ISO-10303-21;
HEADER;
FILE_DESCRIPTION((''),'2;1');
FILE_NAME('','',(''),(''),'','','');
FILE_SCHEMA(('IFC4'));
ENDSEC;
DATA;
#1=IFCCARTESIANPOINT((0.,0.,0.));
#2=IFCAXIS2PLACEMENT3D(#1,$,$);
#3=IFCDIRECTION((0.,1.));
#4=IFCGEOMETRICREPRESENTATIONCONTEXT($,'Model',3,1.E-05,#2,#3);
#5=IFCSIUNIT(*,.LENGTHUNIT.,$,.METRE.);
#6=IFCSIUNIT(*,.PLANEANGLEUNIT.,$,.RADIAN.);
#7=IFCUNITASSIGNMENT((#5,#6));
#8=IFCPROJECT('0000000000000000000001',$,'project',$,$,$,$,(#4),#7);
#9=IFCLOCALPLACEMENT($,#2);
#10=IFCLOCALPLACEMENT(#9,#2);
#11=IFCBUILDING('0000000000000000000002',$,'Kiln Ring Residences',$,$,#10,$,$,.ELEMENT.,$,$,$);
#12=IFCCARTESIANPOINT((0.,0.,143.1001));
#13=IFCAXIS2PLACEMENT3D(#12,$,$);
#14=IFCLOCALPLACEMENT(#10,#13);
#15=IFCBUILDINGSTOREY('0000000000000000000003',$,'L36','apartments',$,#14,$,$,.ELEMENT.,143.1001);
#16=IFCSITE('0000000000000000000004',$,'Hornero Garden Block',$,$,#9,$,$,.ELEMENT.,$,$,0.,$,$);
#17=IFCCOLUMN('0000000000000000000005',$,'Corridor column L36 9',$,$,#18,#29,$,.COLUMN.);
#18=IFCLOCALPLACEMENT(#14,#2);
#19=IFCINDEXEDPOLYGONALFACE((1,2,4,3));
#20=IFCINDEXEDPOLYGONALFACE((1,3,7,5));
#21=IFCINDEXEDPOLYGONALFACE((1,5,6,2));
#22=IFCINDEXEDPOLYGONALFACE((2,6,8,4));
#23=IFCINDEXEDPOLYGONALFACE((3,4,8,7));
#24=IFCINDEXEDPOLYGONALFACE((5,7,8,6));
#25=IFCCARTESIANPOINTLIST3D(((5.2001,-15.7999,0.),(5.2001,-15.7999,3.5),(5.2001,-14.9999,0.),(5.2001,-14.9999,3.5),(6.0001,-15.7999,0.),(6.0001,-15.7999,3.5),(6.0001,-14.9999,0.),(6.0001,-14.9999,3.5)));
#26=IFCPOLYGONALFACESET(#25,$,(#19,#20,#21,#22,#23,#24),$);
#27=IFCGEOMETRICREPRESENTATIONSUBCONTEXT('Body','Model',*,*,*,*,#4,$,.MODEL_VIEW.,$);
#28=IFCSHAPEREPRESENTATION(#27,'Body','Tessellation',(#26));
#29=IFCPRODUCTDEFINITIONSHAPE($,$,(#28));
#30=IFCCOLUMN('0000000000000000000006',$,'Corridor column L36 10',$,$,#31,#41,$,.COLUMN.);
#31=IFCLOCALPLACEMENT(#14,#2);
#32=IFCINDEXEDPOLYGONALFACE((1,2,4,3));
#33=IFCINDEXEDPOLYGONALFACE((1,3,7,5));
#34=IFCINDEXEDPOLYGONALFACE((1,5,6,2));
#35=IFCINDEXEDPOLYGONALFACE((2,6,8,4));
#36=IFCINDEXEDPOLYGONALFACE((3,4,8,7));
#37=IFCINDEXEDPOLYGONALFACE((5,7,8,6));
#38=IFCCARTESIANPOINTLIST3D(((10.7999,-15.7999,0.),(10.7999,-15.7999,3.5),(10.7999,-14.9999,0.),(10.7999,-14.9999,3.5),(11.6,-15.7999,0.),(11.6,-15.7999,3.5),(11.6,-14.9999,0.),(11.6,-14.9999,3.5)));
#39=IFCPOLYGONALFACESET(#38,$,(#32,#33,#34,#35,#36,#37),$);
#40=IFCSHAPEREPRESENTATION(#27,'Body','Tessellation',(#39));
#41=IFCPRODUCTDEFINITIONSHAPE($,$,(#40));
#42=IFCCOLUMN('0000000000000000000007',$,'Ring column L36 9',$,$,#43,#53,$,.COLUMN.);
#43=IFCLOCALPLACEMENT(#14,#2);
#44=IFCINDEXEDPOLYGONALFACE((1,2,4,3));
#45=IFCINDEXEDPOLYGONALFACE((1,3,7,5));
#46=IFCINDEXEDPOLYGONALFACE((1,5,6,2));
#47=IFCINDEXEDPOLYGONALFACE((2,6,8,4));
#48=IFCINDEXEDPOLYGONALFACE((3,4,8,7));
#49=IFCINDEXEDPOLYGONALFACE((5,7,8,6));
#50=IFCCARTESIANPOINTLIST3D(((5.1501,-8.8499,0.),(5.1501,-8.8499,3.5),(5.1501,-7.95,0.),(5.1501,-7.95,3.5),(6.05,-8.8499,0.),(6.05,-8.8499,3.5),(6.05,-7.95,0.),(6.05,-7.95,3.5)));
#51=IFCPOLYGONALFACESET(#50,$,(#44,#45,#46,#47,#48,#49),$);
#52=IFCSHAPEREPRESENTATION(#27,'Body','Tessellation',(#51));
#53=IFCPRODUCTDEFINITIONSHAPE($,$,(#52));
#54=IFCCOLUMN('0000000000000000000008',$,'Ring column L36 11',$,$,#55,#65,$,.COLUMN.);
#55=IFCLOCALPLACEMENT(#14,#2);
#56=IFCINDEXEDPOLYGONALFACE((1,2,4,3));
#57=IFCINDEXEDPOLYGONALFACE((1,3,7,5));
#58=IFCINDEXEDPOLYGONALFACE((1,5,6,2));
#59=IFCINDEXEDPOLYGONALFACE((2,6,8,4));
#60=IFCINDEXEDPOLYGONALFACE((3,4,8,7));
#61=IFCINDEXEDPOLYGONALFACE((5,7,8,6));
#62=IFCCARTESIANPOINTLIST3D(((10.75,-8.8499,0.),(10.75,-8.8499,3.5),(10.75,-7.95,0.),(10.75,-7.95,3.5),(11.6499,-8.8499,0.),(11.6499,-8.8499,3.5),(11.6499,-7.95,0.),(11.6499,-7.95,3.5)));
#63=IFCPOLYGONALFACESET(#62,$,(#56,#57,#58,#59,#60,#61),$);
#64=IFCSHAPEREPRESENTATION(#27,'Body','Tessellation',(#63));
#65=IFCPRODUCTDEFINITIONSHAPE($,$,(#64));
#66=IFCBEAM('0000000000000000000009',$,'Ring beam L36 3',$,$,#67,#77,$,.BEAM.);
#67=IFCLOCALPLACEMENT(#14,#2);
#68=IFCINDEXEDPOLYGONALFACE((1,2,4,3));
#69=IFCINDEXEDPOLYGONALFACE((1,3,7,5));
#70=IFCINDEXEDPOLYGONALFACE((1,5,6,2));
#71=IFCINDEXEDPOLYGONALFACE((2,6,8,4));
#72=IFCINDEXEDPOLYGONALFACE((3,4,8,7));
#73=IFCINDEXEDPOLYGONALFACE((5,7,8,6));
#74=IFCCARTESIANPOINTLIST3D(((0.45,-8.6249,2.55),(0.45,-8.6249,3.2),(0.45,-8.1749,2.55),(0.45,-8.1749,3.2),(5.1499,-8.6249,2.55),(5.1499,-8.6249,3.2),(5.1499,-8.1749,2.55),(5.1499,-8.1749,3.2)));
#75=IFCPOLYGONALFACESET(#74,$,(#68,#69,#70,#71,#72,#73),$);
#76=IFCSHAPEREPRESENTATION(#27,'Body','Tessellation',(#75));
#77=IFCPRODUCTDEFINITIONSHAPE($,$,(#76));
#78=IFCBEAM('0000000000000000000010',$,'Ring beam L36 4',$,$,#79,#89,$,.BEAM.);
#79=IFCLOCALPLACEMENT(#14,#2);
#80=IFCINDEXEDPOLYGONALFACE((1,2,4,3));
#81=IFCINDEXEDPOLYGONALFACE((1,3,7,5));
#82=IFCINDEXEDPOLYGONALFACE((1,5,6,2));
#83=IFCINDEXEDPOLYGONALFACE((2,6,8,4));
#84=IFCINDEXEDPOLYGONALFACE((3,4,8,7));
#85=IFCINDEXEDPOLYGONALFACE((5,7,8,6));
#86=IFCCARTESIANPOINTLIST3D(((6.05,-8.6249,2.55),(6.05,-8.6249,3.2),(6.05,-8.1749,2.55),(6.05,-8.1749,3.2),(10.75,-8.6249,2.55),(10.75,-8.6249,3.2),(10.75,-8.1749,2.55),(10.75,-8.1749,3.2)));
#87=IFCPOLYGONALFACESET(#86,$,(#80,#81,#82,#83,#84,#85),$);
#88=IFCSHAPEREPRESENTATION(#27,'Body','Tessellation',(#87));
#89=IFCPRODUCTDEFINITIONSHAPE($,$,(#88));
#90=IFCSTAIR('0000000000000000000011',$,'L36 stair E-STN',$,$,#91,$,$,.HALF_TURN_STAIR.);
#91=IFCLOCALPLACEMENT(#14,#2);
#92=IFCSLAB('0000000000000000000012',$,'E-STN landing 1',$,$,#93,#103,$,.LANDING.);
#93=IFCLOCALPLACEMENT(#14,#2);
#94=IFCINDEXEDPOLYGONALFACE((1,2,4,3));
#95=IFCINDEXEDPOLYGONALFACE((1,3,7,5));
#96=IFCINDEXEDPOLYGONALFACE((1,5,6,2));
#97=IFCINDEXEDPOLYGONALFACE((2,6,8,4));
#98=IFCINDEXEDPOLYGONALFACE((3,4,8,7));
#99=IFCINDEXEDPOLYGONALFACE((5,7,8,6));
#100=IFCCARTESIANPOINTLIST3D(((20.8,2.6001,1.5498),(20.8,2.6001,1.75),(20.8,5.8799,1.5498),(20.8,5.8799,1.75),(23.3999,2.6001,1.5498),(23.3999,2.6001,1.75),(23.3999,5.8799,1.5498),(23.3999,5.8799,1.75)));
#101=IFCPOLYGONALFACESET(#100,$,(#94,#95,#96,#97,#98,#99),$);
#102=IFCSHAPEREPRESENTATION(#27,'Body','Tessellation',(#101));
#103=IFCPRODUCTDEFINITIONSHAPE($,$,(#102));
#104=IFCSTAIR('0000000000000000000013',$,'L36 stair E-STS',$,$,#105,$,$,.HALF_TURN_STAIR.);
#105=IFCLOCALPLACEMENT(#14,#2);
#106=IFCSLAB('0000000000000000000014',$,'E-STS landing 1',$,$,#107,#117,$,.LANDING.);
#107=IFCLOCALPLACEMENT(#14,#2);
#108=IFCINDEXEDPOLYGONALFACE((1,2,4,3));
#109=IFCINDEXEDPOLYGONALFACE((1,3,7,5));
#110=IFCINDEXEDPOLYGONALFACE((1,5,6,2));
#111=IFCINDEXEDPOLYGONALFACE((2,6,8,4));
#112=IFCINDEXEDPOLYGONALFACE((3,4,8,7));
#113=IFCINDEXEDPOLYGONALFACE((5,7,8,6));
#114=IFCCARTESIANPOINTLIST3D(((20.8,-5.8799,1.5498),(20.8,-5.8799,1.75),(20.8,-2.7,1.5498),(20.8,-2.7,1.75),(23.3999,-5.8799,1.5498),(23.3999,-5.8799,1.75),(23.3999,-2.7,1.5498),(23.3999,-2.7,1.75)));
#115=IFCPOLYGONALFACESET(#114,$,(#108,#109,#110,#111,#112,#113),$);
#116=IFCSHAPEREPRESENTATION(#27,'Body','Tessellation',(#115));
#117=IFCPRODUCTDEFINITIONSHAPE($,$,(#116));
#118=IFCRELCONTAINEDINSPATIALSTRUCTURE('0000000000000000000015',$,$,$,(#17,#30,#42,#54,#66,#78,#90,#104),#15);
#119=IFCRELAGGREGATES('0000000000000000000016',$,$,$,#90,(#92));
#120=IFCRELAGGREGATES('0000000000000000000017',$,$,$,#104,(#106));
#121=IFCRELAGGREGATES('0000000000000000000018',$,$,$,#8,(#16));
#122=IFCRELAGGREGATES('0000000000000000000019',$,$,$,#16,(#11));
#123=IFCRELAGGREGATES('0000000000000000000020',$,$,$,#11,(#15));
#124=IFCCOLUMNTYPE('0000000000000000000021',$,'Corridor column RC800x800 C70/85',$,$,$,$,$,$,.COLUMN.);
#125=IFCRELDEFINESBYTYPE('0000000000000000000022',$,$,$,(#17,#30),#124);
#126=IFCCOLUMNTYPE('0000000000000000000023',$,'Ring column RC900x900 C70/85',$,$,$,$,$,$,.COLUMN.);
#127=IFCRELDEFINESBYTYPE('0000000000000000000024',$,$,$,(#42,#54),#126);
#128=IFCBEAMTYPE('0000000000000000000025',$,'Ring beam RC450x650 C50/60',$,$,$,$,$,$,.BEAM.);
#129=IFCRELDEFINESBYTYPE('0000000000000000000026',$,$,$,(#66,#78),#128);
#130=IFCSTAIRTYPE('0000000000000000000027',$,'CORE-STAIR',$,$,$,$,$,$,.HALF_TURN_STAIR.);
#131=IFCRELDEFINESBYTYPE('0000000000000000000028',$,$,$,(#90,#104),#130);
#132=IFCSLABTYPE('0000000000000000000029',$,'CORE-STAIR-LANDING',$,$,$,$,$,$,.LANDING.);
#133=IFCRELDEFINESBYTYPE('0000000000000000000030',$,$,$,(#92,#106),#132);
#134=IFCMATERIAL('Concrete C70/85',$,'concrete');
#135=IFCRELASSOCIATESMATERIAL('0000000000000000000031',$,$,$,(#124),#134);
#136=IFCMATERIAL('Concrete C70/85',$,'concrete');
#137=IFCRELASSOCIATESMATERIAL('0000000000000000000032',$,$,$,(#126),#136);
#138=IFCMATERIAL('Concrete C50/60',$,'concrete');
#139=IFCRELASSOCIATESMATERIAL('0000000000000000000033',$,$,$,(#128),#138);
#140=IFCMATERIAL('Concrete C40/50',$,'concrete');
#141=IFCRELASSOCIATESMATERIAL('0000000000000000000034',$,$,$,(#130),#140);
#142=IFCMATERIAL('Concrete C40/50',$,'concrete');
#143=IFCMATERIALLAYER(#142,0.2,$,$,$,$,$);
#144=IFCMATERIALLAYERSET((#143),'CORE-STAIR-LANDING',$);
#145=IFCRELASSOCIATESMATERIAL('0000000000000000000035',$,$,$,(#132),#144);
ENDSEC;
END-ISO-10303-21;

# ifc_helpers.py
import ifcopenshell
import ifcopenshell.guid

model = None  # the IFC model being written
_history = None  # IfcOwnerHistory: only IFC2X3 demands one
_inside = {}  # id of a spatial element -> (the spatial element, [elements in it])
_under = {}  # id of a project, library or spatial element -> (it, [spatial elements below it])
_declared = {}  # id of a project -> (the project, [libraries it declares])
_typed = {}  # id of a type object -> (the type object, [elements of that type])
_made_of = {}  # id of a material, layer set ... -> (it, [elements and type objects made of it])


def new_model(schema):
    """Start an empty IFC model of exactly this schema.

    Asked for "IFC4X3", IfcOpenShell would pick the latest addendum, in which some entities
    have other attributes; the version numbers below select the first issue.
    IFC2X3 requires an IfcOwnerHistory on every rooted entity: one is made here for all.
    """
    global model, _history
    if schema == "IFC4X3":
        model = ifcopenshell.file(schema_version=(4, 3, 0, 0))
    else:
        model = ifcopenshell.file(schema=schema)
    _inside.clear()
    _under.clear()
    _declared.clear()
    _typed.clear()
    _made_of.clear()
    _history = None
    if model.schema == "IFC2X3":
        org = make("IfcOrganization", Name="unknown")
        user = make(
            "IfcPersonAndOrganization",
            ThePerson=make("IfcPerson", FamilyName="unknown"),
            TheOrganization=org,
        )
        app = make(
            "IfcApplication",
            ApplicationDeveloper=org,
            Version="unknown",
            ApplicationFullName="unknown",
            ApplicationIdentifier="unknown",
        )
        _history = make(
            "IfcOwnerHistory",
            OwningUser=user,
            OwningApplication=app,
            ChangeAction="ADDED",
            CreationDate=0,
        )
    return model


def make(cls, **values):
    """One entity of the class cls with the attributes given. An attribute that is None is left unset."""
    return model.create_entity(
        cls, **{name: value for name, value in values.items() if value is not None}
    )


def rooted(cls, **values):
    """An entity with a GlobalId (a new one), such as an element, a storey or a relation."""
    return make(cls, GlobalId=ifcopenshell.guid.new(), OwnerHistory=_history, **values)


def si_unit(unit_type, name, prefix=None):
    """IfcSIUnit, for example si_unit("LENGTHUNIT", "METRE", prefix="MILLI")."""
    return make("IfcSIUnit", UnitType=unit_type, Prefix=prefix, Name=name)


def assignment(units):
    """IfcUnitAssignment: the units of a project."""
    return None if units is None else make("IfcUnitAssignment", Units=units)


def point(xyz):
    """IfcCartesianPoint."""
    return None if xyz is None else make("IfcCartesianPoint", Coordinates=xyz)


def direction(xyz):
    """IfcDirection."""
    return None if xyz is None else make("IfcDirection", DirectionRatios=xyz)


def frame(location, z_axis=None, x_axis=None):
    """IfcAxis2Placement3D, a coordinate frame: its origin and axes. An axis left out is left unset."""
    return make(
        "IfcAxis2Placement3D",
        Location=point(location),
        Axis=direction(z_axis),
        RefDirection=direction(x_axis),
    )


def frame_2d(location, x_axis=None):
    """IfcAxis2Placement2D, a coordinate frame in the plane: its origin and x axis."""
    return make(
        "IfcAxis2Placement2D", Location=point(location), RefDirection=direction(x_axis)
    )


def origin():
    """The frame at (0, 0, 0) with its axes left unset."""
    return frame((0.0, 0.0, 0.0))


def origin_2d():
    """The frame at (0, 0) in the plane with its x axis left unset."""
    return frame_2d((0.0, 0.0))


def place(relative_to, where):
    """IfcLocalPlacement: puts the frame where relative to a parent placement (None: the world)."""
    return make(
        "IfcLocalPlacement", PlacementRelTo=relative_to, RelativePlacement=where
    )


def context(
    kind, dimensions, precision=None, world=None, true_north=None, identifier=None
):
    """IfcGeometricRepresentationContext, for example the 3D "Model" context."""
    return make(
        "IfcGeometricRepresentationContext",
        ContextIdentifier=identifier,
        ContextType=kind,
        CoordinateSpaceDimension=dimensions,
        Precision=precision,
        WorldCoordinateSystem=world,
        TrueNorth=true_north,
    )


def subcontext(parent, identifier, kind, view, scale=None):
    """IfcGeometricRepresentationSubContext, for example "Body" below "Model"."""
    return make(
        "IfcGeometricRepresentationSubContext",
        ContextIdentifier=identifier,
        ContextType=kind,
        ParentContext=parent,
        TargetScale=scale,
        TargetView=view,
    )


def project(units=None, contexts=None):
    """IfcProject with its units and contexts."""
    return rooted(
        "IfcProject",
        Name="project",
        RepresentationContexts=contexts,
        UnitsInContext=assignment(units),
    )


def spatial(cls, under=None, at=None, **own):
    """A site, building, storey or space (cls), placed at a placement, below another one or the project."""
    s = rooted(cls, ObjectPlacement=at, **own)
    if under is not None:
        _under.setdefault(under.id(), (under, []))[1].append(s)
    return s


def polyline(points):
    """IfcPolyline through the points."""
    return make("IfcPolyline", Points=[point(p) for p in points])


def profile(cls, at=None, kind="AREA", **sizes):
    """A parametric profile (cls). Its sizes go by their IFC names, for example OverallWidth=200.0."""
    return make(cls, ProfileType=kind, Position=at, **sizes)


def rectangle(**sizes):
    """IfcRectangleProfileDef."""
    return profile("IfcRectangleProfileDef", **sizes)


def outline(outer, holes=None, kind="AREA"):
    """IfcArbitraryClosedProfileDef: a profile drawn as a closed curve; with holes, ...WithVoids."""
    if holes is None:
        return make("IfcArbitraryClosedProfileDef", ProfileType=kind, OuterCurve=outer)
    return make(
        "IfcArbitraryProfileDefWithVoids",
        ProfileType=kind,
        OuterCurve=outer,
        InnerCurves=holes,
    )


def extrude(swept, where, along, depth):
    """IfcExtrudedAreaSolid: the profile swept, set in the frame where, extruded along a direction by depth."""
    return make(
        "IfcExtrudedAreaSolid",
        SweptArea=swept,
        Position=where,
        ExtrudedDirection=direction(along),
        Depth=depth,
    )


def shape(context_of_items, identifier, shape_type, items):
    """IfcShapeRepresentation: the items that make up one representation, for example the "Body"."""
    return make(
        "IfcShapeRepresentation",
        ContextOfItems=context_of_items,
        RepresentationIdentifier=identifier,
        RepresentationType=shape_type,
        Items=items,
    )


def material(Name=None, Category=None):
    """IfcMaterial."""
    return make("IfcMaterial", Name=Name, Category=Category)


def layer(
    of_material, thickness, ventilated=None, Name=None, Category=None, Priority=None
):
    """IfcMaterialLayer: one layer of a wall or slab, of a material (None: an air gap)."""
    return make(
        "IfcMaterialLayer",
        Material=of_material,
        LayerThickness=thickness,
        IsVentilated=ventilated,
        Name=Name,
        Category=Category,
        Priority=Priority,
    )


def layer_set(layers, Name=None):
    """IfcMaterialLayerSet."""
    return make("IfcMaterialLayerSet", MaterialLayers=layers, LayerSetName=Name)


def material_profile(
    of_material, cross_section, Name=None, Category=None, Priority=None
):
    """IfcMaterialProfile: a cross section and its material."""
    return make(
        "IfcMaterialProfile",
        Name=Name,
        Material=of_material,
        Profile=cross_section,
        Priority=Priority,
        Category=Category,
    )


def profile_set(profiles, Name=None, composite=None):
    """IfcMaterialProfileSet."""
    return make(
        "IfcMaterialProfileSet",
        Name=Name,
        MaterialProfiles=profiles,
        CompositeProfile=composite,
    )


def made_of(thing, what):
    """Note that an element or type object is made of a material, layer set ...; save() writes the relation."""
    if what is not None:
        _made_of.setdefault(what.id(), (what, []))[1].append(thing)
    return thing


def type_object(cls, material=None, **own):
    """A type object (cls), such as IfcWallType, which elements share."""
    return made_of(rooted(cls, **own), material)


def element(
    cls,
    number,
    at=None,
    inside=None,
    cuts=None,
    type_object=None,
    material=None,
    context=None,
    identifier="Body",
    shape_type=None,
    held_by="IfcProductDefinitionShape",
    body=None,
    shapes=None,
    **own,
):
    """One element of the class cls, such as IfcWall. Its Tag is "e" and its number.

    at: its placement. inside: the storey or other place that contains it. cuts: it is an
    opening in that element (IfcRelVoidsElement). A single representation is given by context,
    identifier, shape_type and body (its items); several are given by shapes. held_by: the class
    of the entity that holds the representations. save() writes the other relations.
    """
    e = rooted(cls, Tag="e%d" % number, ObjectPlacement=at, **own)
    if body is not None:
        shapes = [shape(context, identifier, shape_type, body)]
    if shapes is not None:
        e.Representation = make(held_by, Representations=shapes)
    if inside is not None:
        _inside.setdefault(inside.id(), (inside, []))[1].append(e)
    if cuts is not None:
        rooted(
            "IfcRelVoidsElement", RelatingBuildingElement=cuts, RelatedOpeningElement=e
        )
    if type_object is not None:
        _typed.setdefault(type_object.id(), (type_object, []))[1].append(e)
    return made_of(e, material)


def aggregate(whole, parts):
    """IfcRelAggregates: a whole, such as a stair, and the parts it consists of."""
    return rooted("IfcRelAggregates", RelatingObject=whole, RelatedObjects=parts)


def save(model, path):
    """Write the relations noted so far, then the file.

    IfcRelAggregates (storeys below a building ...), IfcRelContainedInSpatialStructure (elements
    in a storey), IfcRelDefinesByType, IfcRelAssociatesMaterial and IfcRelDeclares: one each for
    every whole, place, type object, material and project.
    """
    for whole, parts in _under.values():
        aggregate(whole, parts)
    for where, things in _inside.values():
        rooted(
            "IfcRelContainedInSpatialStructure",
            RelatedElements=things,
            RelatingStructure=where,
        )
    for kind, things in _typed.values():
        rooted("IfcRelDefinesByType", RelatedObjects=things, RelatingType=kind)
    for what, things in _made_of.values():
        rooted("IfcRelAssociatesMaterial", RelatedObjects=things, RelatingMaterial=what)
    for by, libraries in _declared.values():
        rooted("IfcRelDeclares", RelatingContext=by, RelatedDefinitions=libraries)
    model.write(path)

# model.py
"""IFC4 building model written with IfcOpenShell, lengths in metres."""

from ifc_helpers import new_model, si_unit, direction, frame, origin, origin_2d, place, context, subcontext, project, spatial, polyline, rectangle, outline, extrude, material, layer, layer_set, material_profile, profile_set, type_object, element, aggregate, save


model = new_model("IFC4")

# Units and contexts
model_context = context("Model", 3, precision=1e-05, world=origin(), true_north=direction((0.0, 1.0)))
body_context = subcontext(model_context, "Body", "Model", "MODEL_VIEW")
ifc_project = project(units=[si_unit("LENGTHUNIT", "METRE"), si_unit("PLANEANGLEUNIT", "RADIAN")], contexts=[model_context])

# Site, building, storey
site_placement = place(None, origin())
site = spatial("IfcSite", under=ifc_project, at=site_placement, Name="Hornero Garden Block", CompositionType="ELEMENT", RefElevation=0.0)
building_placement = place(site_placement, origin())
building = spatial("IfcBuilding", under=site, at=building_placement, Name="Kiln Ring Residences", CompositionType="ELEMENT")
storey_placement = place(building_placement, frame((0.0, 0.0, 143.1001)))
storey = spatial("IfcBuildingStorey", under=building, at=storey_placement, Name="L36", Description="apartments", CompositionType="ELEMENT", Elevation=143.1001)

# Columns
ifc_material_1 = material(Name="Concrete C70/85", Category="concrete")
ifc_material_profile_1 = material_profile(ifc_material_1, rectangle(XDim=0.8, YDim=0.8, at=origin_2d()), Name="RC800x800")
ifc_profile_set_1 = profile_set([ifc_material_profile_1], Name="Concrete C70/85")
column_type_1 = type_object("IfcColumnType", Name="Corridor column RC800x800 C70/85", PredefinedType="COLUMN", material=ifc_profile_set_1)
for number, where, z_axis, x_axis, name in (
    (1, (5.6001, -15.3999, 0.0), (0.0, 0.0, 1.0), (1.0, 0.0, 0.0), "Corridor column L36 9"),
    (2, (11.2, -15.3999, 0.0), (0.0, 0.0, 1.0), (1.0, 0.0, 0.0), "Corridor column L36 10"),
):
    element("IfcColumn", number, at=place(storey_placement, frame(where, z_axis=z_axis, x_axis=x_axis)), inside=storey, type_object=column_type_1, Name=name, PredefinedType="COLUMN", context=body_context, shape_type="SweptSolid", body=[
        extrude(rectangle(XDim=0.8, YDim=0.8, at=origin_2d()), origin(), (0.0, 0.0, 1.0), 3.5),
    ])
ifc_material_2 = material(Name="Concrete C70/85", Category="concrete")
ifc_material_profile_2 = material_profile(ifc_material_2, rectangle(XDim=0.8999, YDim=0.8999, at=origin_2d()), Name="RC900x900")
ifc_profile_set_2 = profile_set([ifc_material_profile_2], Name="Concrete C70/85")
column_type_2 = type_object("IfcColumnType", Name="Ring column RC900x900 C70/85", PredefinedType="COLUMN", material=ifc_profile_set_2)
for number, where, z_axis, x_axis, name in (
    (3, (5.6001, -8.3999, 0.0), (0.0, 0.0, 1.0), (1.0, 0.0, 0.0), "Ring column L36 9"),
    (4, (11.2, -8.3999, 0.0), (0.0, 0.0, 1.0), (1.0, 0.0, 0.0), "Ring column L36 11"),
):
    element("IfcColumn", number, at=place(storey_placement, frame(where, z_axis=z_axis, x_axis=x_axis)), inside=storey, type_object=column_type_2, Name=name, PredefinedType="COLUMN", context=body_context, shape_type="SweptSolid", body=[
        extrude(rectangle(XDim=0.8999, YDim=0.8999, at=origin_2d()), origin(), (0.0, 0.0, 1.0), 3.5),
    ])

# Beams
ifc_material_3 = material(Name="Concrete C50/60", Category="concrete")
ifc_material_profile_3 = material_profile(ifc_material_3, rectangle(XDim=0.45, YDim=0.6499, at=origin_2d()), Name="RC450x650")
ifc_profile_set_3 = profile_set([ifc_material_profile_3], Name="Concrete C50/60")
beam_type = type_object("IfcBeamType", Name="Ring beam RC450x650 C50/60", PredefinedType="BEAM", material=ifc_profile_set_3)
for number, where, z_axis, x_axis, name in (
    (5, (0.45, -8.3999, 2.875), (1.0, 0.0, 0.0), (0.0, 1.0, 0.0), "Ring beam L36 3"),
    (6, (6.05, -8.3999, 2.875), (1.0, 0.0, 0.0), (0.0, 1.0, 0.0), "Ring beam L36 4"),
):
    element("IfcBeam", number, at=place(storey_placement, frame(where, z_axis=z_axis, x_axis=x_axis)), inside=storey, type_object=beam_type, Name=name, PredefinedType="BEAM", context=body_context, shape_type="SweptSolid", body=[
        extrude(rectangle(XDim=0.45, YDim=0.6499, at=origin_2d()), origin(), (0.0, 0.0, 1.0), 4.7),
    ])

# Stairs, slabs
ifc_material_4 = material(Name="Concrete C40/50", Category="concrete")
stair_type = type_object("IfcStairType", Name="CORE-STAIR", PredefinedType="HALF_TURN_STAIR", material=ifc_material_4)
placement_1 = place(storey_placement, origin())
stair_1 = element("IfcStair", 7, at=placement_1, inside=storey, type_object=stair_type, Name="L36 stair E-STN", PredefinedType="HALF_TURN_STAIR")
ifc_material_5 = material(Name="Concrete C40/50", Category="concrete")
ifc_layer_1 = layer(ifc_material_5, 0.2)
ifc_layer_set_1 = layer_set([ifc_layer_1], Name="CORE-STAIR-LANDING")
slab_type = type_object("IfcSlabType", Name="CORE-STAIR-LANDING", PredefinedType="LANDING", material=ifc_layer_set_1)
placement_2 = place(storey_placement, frame((0.0, 0.0, 1.5498)))
slab_1 = element("IfcSlab", 8, at=placement_2, type_object=slab_type, Name="E-STN landing 1", PredefinedType="LANDING", context=body_context, shape_type="SweptSolid", body=[
    extrude(outline(polyline([(20.8, 5.8799), (20.8, 2.6001), (23.3999, 2.6001), (23.3999, 5.8799), (20.8, 5.8799)])), origin(), (0.0, 0.0, 1.0), 0.2002),
])
aggregate(stair_1, [slab_1])
stair_2 = element("IfcStair", 9, at=placement_1, inside=storey, type_object=stair_type, Name="L36 stair E-STS", PredefinedType="HALF_TURN_STAIR")
slab_2 = element("IfcSlab", 10, at=placement_2, type_object=slab_type, Name="E-STS landing 1", PredefinedType="LANDING", context=body_context, shape_type="SweptSolid", body=[
    extrude(outline(polyline([(23.3999, -5.8799), (23.3999, -2.7), (20.8, -2.7), (20.8, -5.8799), (23.3999, -5.8799)])), origin(), (0.0, 0.0, 1.0), 0.2002),
])
aggregate(stair_2, [slab_2])

save(model, "model.ifc")
